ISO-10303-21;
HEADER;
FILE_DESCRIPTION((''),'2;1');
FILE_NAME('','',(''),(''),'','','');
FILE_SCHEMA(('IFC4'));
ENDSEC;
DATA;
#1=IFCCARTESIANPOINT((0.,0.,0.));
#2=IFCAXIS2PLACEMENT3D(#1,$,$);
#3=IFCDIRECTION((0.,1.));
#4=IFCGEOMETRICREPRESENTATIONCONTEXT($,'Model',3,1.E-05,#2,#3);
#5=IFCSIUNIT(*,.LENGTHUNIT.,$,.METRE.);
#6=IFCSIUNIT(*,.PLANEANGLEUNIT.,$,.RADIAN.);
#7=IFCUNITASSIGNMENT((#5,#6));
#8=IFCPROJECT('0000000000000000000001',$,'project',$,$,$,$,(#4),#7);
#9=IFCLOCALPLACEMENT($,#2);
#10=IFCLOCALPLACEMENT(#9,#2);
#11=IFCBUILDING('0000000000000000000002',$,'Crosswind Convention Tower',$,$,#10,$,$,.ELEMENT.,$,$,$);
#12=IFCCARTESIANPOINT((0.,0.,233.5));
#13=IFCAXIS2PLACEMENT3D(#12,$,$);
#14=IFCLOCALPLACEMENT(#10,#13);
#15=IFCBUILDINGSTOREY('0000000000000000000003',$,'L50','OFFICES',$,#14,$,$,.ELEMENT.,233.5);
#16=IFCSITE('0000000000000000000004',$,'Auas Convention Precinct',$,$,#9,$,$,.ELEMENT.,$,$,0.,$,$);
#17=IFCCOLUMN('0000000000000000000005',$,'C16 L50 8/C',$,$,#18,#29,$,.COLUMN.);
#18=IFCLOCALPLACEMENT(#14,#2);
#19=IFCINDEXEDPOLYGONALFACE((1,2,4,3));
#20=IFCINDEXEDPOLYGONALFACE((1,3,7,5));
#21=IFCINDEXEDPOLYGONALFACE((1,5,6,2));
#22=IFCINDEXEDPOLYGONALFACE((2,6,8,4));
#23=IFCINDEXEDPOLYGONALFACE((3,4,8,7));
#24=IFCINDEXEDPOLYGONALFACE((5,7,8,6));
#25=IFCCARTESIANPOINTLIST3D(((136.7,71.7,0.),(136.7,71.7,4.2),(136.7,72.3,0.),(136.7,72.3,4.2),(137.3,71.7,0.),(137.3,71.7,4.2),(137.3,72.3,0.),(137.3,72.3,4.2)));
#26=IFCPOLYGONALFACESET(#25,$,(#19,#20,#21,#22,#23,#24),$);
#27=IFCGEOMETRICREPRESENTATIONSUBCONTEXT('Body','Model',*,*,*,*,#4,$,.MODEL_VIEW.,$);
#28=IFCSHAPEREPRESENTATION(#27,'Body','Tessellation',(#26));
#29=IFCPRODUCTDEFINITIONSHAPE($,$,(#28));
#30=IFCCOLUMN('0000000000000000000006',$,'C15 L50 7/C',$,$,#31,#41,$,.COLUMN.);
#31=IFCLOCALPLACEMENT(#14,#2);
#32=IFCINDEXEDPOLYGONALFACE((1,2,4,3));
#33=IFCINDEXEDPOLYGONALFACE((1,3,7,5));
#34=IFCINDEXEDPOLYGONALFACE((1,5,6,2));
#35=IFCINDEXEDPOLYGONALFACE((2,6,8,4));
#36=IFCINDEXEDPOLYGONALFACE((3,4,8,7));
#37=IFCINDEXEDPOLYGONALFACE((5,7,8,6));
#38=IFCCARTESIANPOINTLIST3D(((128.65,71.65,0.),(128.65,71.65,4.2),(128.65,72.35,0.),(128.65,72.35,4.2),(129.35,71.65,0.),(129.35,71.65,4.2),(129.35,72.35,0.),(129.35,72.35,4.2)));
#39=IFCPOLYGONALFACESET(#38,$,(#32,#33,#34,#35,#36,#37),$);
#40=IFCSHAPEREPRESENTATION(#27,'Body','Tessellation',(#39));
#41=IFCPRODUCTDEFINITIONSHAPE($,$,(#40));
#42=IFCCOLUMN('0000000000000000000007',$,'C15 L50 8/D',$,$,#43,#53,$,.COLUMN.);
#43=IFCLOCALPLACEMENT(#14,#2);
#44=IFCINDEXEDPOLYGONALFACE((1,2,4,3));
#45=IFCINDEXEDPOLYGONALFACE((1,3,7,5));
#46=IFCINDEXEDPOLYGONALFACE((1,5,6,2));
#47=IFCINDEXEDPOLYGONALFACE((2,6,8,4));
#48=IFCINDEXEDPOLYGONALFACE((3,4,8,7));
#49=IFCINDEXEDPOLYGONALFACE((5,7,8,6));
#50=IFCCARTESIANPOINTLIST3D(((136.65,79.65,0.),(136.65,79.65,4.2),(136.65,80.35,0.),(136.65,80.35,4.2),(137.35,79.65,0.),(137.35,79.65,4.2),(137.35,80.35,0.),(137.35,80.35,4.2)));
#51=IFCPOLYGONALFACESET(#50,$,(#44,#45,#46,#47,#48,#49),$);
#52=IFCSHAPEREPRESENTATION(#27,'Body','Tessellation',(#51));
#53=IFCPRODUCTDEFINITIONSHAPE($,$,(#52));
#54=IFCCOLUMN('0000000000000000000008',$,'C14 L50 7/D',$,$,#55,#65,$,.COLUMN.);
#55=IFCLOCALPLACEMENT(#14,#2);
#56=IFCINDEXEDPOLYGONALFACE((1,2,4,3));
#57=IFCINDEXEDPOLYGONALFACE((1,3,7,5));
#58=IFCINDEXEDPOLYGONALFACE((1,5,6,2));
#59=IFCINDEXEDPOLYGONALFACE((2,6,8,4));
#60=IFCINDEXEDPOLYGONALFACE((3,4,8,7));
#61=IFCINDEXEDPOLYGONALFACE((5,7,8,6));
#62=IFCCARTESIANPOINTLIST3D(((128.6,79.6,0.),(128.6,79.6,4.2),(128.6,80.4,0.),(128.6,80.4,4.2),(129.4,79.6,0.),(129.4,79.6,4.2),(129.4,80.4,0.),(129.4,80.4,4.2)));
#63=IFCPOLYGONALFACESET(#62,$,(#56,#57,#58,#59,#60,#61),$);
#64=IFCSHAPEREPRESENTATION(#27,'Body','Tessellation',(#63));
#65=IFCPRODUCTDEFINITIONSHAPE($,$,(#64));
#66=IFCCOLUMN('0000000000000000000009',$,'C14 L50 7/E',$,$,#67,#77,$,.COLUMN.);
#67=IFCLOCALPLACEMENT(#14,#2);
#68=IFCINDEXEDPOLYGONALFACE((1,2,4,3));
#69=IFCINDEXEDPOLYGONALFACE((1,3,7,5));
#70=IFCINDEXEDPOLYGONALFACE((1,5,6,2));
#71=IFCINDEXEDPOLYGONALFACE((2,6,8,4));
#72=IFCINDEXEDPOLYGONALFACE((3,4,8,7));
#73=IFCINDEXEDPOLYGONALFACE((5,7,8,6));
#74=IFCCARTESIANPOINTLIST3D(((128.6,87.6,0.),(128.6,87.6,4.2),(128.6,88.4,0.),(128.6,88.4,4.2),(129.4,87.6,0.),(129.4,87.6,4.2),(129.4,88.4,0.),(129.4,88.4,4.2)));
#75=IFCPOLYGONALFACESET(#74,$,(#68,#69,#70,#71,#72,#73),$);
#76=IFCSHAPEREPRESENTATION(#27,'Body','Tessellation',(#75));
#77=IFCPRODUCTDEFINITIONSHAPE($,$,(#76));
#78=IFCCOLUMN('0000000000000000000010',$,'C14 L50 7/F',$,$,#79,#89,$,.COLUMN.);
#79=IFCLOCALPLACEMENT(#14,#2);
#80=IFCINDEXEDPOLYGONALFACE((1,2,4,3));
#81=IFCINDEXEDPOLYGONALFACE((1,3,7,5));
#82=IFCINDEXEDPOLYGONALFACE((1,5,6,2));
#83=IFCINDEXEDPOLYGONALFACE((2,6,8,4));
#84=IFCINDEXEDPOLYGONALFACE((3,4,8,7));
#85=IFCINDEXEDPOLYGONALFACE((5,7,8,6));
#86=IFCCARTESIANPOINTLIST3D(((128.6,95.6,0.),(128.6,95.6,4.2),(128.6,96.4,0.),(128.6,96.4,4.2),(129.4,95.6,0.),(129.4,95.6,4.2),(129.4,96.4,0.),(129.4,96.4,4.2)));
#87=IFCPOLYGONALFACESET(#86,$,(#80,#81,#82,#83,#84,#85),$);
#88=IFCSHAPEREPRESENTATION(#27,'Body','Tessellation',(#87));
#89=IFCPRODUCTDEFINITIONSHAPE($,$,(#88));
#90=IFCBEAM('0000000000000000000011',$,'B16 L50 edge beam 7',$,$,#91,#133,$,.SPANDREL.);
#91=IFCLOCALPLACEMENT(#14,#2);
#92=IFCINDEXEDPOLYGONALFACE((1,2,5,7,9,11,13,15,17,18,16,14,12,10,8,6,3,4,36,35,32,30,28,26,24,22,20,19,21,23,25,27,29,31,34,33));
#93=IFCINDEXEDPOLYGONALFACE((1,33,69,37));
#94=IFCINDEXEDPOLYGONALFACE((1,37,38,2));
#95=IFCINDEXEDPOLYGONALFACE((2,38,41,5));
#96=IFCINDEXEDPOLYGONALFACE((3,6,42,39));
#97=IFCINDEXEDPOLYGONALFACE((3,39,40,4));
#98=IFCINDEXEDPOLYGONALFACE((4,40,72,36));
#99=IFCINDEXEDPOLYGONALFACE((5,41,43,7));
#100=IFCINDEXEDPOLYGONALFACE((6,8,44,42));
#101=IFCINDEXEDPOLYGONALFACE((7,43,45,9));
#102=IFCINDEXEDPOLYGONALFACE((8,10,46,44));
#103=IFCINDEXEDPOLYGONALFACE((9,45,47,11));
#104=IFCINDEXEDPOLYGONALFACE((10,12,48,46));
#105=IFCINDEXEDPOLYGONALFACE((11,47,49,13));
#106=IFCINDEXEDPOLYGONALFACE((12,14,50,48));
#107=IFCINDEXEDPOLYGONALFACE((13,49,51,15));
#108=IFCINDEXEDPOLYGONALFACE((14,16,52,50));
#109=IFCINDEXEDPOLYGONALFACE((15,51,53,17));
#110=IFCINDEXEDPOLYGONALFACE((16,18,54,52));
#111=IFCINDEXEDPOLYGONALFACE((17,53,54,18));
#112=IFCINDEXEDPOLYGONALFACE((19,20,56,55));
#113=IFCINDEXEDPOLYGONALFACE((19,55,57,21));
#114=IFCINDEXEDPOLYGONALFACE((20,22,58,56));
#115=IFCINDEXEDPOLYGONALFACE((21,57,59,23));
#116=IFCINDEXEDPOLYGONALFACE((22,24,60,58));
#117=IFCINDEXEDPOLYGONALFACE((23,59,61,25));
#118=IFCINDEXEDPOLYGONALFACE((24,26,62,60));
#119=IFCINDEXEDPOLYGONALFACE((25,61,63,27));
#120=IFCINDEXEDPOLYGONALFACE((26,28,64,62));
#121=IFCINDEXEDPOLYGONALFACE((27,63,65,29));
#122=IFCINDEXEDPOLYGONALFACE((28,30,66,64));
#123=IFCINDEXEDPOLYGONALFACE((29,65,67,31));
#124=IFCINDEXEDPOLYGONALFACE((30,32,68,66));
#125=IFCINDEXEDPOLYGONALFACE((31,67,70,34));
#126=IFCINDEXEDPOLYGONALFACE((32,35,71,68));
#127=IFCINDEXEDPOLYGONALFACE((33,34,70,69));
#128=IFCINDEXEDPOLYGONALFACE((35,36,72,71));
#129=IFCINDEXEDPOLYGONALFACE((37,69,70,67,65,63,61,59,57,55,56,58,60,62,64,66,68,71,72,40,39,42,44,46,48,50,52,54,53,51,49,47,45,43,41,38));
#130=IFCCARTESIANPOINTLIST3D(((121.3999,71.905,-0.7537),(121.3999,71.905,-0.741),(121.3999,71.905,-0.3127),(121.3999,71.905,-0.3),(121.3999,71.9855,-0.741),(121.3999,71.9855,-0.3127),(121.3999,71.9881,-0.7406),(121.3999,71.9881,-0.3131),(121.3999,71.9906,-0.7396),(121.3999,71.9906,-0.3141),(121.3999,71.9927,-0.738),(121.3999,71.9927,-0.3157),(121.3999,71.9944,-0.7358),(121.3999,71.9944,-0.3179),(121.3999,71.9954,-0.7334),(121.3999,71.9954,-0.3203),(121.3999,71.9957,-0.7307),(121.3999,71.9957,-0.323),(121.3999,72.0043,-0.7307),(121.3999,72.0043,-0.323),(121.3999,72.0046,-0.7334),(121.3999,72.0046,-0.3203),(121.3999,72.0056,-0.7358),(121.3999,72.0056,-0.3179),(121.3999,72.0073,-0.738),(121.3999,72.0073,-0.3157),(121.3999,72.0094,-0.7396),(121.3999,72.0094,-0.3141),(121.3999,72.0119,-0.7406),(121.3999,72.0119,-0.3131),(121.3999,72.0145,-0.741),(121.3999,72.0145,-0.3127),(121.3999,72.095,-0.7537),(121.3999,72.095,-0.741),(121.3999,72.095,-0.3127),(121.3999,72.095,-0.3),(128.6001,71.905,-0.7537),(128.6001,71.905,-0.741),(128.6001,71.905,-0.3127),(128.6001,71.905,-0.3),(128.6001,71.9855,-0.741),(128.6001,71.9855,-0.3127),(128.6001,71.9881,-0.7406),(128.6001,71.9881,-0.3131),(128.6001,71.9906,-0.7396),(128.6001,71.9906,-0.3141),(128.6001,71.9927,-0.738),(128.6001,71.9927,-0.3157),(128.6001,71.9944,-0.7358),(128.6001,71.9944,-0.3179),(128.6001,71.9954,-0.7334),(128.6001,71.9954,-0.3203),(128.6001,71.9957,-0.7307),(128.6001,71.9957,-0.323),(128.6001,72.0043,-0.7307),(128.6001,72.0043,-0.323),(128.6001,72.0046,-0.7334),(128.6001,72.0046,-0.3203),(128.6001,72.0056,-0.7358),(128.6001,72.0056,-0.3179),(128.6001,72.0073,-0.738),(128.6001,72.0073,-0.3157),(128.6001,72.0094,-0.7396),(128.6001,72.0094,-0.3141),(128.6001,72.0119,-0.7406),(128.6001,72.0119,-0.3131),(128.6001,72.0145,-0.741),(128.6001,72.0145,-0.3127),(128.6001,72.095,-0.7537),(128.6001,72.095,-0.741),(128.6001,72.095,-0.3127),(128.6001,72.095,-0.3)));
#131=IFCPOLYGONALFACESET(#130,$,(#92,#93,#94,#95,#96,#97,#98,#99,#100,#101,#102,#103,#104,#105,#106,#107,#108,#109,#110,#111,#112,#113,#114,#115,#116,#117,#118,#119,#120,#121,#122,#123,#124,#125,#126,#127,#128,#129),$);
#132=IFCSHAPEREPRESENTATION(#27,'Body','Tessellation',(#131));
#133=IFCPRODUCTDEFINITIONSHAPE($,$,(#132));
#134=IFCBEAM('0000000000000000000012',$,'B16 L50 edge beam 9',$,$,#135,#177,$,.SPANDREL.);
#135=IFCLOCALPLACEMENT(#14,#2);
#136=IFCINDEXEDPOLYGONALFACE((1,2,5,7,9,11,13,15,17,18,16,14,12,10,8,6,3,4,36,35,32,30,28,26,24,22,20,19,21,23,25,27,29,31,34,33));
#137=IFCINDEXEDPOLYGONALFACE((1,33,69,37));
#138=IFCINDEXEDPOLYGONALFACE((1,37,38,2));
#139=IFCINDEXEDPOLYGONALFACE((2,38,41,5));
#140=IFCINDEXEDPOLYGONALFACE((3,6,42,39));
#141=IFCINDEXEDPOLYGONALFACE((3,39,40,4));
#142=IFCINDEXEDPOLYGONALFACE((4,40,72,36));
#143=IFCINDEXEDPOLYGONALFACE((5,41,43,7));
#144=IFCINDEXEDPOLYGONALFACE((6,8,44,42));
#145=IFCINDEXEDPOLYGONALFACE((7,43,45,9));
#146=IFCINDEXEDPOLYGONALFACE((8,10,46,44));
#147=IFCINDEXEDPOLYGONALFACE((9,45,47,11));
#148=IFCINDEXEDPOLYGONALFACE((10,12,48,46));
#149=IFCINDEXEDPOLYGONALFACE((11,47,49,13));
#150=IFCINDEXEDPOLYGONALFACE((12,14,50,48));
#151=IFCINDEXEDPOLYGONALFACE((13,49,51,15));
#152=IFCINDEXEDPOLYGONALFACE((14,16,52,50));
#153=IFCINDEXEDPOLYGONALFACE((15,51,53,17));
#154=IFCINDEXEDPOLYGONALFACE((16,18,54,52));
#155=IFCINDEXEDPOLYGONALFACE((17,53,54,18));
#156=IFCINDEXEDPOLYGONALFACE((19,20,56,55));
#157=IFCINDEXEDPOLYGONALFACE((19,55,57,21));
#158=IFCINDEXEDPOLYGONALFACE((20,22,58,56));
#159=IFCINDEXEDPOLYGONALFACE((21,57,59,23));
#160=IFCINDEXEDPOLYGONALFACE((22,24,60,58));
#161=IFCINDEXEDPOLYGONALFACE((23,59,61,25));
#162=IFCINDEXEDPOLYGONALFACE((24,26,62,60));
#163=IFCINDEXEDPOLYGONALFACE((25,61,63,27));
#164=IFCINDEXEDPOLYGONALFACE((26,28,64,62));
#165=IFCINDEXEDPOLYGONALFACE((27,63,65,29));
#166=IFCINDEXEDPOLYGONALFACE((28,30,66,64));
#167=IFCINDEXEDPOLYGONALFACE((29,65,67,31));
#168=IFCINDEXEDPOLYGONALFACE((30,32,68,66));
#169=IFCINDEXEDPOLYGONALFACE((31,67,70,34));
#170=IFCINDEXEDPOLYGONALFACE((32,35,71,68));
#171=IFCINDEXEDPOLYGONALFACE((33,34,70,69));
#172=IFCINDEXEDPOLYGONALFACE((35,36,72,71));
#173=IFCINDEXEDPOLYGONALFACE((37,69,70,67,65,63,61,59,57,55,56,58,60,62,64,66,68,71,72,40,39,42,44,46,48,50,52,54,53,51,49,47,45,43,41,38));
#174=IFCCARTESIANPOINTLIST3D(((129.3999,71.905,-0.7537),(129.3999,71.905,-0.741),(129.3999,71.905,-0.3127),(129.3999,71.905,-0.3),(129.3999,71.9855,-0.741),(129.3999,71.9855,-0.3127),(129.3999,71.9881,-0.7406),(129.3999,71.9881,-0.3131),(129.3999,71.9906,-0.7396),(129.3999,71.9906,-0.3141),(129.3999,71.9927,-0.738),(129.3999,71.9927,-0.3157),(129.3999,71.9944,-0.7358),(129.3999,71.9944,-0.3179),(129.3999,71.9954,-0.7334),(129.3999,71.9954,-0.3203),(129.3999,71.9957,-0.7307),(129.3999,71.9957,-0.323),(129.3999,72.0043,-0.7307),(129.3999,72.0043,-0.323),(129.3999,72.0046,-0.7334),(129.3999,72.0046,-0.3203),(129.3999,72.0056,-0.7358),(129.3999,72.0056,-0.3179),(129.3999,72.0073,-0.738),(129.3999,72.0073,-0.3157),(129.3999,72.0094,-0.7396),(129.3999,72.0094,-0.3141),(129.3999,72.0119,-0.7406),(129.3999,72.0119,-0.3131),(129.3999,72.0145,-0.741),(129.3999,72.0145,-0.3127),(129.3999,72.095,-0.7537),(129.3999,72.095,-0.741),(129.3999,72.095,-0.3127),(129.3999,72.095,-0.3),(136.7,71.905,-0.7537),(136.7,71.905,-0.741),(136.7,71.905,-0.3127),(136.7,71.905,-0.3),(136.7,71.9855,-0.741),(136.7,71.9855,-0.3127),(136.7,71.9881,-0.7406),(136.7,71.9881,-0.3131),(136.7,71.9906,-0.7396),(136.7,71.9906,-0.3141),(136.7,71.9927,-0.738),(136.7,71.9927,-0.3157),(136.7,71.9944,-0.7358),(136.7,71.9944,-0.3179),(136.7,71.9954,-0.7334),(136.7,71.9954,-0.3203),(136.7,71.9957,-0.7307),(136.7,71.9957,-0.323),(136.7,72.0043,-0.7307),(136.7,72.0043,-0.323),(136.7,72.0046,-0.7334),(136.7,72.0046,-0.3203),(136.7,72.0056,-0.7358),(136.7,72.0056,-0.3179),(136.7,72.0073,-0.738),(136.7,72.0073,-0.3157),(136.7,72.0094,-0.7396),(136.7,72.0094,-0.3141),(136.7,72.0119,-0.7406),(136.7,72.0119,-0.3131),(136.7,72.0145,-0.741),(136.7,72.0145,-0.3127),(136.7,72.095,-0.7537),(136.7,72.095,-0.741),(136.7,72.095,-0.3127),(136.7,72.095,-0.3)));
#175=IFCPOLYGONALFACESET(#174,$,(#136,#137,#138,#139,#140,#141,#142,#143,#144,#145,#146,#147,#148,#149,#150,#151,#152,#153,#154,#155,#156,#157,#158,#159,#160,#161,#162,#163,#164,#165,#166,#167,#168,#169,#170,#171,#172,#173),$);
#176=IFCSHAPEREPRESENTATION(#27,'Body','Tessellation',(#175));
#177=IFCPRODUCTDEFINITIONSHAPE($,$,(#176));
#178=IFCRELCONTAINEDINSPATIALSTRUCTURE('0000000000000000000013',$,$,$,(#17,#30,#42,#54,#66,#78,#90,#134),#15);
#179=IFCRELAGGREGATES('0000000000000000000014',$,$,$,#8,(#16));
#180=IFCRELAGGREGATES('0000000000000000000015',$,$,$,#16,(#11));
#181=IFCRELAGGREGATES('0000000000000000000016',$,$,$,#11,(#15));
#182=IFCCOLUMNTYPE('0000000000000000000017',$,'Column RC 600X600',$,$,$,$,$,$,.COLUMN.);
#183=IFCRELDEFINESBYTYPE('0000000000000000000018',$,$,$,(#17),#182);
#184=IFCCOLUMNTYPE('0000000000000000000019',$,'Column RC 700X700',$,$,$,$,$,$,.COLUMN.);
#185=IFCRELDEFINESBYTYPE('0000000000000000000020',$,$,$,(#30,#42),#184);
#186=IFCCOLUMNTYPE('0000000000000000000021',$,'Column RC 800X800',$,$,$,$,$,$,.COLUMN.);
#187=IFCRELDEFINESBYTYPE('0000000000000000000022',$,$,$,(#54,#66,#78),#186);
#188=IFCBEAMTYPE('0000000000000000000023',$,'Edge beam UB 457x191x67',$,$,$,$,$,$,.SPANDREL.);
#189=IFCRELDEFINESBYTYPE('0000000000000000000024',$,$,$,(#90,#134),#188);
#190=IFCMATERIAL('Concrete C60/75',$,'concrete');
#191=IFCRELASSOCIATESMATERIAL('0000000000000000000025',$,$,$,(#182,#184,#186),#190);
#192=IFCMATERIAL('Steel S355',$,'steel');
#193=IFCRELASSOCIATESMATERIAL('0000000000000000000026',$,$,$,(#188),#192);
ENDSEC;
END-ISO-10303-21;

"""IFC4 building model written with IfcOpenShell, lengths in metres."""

from ifc_helpers import new_model, si_unit, direction, frame, origin, origin_2d, place, context, subcontext, project, spatial, rectangle, i_section, extrude, material, material_profile, profile_set, type_object, element, save


model = new_model("IFC4")

# Units and contexts
model_context = context("Model", 3, precision=1e-05, world=origin(), true_north=direction((0.0, 1.0)))
body_context = subcontext(model_context, "Body", "Model", "MODEL_VIEW")
ifc_project = project(units=[si_unit("LENGTHUNIT", "METRE"), si_unit("PLANEANGLEUNIT", "RADIAN")], contexts=[model_context])

# Site, building, storey
site_placement = place(None, origin())
site = spatial("IfcSite", under=ifc_project, at=site_placement, Name="Auas Convention Precinct", CompositionType="ELEMENT", RefElevation=0.0)
building_placement = place(site_placement, origin())
building = spatial("IfcBuilding", under=site, at=building_placement, Name="Crosswind Convention Tower", CompositionType="ELEMENT")
storey_placement = place(building_placement, frame((0.0, 0.0, 233.5)))
storey = spatial("IfcBuildingStorey", under=building, at=storey_placement, Name="L50", Description="OFFICES", CompositionType="ELEMENT", Elevation=233.5)

# Columns
ifc_material_1 = material(Name="Concrete C60/75", Category="concrete")
ifc_material_profile_1 = material_profile(ifc_material_1, rectangle(XDim=0.6001, YDim=0.6001, at=origin_2d()), Name="RC 600X600")
ifc_profile_set_1 = profile_set([ifc_material_profile_1], Name="Concrete C60/75")
column_type_1 = type_object("IfcColumnType", Name="Column RC 600X600", PredefinedType="COLUMN", material=ifc_profile_set_1)
column_placement = place(storey_placement, frame((137.0, 72.0, 0.0), z_axis=(0.0, 0.0, 1.0), x_axis=(1.0, 0.0, 0.0)))
element("IfcColumn", 1, at=column_placement, inside=storey, type_object=column_type_1, Name="C16 L50 8/C", PredefinedType="COLUMN", context=body_context, shape_type="SweptSolid", body=[
    extrude(rectangle(XDim=0.6001, YDim=0.6001, at=origin_2d()), origin(), (0.0, 0.0, 1.0), 4.2),
])
ifc_material_profile_2 = material_profile(ifc_material_1, rectangle(XDim=0.7, YDim=0.7, at=origin_2d()), Name="RC 700X700")
ifc_profile_set_2 = profile_set([ifc_material_profile_2], Name="Concrete C60/75")
column_type_2 = type_object("IfcColumnType", Name="Column RC 700X700", PredefinedType="COLUMN", material=ifc_profile_set_2)
for number, where, z_axis, x_axis, name in (
    (2, (129.0, 72.0, 0.0), (0.0, 0.0, 1.0), (1.0, 0.0, 0.0), "C15 L50 7/C"),
    (3, (137.0, 80.0, 0.0), (0.0, 0.0, 1.0), (1.0, 0.0, 0.0), "C15 L50 8/D"),
):
    element("IfcColumn", number, at=place(storey_placement, frame(where, z_axis=z_axis, x_axis=x_axis)), inside=storey, type_object=column_type_2, Name=name, PredefinedType="COLUMN", context=body_context, shape_type="SweptSolid", body=[
        extrude(rectangle(XDim=0.7, YDim=0.7, at=origin_2d()), origin(), (0.0, 0.0, 1.0), 4.2),
    ])
ifc_material_profile_3 = material_profile(ifc_material_1, rectangle(XDim=0.8, YDim=0.8, at=origin_2d()), Name="RC 800X800")
ifc_profile_set_3 = profile_set([ifc_material_profile_3], Name="Concrete C60/75")
column_type_3 = type_object("IfcColumnType", Name="Column RC 800X800", PredefinedType="COLUMN", material=ifc_profile_set_3)
for number, where, z_axis, x_axis, name in (
    (4, (129.0, 80.0, 0.0), (0.0, 0.0, 1.0), (1.0, 0.0, 0.0), "C14 L50 7/D"),
    (5, (129.0, 88.0, 0.0), (0.0, 0.0, 1.0), (1.0, 0.0, 0.0), "C14 L50 7/E"),
    (6, (129.0, 96.0, 0.0), (0.0, 0.0, 1.0), (1.0, 0.0, 0.0), "C14 L50 7/F"),
):
    element("IfcColumn", number, at=place(storey_placement, frame(where, z_axis=z_axis, x_axis=x_axis)), inside=storey, type_object=column_type_3, Name=name, PredefinedType="COLUMN", context=body_context, shape_type="SweptSolid", body=[
        extrude(rectangle(XDim=0.8, YDim=0.8, at=origin_2d()), origin(), (0.0, 0.0, 1.0), 4.2),
    ])

# Beams
ifc_material_2 = material(Name="Steel S355", Category="steel")
ifc_material_profile_4 = material_profile(ifc_material_2, i_section(OverallWidth=0.1899, OverallDepth=0.4536, WebThickness=0.0085, FlangeThickness=0.0127, FilletRadius=0.0103, at=origin_2d()), Name="UB 457x191x67")
ifc_profile_set_4 = profile_set([ifc_material_profile_4], Name="Steel S355")
beam_type_1 = type_object("IfcBeamType", Name="Edge beam UB 457x191x67", PredefinedType="SPANDREL", material=ifc_profile_set_4)
beam_1_placement = place(storey_placement, frame((121.3999, 72.0, -0.5269), z_axis=(1.0, 0.0, 0.0), x_axis=(0.0, 1.0, 0.0)))
element("IfcBeam", 7, at=beam_1_placement, inside=storey, type_object=beam_type_1, Name="B16 L50 edge beam 7", PredefinedType="SPANDREL", context=body_context, shape_type="SweptSolid", body=[
    extrude(i_section(OverallWidth=0.1899, OverallDepth=0.4536, WebThickness=0.0085, FlangeThickness=0.0127, FilletRadius=0.0103, at=origin_2d()), origin(), (0.0, 0.0, 1.0), 7.2002),
])
for number, where, z_axis, x_axis, name in (
    (8, (129.3999, 72.0, -0.5269), (1.0, 0.0, 0.0), (0.0, 1.0, 0.0), "B16 L50 edge beam 9"),
):
    element("IfcBeam", number, at=place(storey_placement, frame(where, z_axis=z_axis, x_axis=x_axis)), inside=storey, type_object=beam_type_1, Name=name, PredefinedType="SPANDREL", context=body_context, shape_type="SweptSolid", body=[
        extrude(i_section(OverallWidth=0.1899, OverallDepth=0.4536, WebThickness=0.0085, FlangeThickness=0.0127, FilletRadius=0.0103, at=origin_2d()), origin(), (0.0, 0.0, 1.0), 7.3),
    ])

save(model, "model.ifc")
